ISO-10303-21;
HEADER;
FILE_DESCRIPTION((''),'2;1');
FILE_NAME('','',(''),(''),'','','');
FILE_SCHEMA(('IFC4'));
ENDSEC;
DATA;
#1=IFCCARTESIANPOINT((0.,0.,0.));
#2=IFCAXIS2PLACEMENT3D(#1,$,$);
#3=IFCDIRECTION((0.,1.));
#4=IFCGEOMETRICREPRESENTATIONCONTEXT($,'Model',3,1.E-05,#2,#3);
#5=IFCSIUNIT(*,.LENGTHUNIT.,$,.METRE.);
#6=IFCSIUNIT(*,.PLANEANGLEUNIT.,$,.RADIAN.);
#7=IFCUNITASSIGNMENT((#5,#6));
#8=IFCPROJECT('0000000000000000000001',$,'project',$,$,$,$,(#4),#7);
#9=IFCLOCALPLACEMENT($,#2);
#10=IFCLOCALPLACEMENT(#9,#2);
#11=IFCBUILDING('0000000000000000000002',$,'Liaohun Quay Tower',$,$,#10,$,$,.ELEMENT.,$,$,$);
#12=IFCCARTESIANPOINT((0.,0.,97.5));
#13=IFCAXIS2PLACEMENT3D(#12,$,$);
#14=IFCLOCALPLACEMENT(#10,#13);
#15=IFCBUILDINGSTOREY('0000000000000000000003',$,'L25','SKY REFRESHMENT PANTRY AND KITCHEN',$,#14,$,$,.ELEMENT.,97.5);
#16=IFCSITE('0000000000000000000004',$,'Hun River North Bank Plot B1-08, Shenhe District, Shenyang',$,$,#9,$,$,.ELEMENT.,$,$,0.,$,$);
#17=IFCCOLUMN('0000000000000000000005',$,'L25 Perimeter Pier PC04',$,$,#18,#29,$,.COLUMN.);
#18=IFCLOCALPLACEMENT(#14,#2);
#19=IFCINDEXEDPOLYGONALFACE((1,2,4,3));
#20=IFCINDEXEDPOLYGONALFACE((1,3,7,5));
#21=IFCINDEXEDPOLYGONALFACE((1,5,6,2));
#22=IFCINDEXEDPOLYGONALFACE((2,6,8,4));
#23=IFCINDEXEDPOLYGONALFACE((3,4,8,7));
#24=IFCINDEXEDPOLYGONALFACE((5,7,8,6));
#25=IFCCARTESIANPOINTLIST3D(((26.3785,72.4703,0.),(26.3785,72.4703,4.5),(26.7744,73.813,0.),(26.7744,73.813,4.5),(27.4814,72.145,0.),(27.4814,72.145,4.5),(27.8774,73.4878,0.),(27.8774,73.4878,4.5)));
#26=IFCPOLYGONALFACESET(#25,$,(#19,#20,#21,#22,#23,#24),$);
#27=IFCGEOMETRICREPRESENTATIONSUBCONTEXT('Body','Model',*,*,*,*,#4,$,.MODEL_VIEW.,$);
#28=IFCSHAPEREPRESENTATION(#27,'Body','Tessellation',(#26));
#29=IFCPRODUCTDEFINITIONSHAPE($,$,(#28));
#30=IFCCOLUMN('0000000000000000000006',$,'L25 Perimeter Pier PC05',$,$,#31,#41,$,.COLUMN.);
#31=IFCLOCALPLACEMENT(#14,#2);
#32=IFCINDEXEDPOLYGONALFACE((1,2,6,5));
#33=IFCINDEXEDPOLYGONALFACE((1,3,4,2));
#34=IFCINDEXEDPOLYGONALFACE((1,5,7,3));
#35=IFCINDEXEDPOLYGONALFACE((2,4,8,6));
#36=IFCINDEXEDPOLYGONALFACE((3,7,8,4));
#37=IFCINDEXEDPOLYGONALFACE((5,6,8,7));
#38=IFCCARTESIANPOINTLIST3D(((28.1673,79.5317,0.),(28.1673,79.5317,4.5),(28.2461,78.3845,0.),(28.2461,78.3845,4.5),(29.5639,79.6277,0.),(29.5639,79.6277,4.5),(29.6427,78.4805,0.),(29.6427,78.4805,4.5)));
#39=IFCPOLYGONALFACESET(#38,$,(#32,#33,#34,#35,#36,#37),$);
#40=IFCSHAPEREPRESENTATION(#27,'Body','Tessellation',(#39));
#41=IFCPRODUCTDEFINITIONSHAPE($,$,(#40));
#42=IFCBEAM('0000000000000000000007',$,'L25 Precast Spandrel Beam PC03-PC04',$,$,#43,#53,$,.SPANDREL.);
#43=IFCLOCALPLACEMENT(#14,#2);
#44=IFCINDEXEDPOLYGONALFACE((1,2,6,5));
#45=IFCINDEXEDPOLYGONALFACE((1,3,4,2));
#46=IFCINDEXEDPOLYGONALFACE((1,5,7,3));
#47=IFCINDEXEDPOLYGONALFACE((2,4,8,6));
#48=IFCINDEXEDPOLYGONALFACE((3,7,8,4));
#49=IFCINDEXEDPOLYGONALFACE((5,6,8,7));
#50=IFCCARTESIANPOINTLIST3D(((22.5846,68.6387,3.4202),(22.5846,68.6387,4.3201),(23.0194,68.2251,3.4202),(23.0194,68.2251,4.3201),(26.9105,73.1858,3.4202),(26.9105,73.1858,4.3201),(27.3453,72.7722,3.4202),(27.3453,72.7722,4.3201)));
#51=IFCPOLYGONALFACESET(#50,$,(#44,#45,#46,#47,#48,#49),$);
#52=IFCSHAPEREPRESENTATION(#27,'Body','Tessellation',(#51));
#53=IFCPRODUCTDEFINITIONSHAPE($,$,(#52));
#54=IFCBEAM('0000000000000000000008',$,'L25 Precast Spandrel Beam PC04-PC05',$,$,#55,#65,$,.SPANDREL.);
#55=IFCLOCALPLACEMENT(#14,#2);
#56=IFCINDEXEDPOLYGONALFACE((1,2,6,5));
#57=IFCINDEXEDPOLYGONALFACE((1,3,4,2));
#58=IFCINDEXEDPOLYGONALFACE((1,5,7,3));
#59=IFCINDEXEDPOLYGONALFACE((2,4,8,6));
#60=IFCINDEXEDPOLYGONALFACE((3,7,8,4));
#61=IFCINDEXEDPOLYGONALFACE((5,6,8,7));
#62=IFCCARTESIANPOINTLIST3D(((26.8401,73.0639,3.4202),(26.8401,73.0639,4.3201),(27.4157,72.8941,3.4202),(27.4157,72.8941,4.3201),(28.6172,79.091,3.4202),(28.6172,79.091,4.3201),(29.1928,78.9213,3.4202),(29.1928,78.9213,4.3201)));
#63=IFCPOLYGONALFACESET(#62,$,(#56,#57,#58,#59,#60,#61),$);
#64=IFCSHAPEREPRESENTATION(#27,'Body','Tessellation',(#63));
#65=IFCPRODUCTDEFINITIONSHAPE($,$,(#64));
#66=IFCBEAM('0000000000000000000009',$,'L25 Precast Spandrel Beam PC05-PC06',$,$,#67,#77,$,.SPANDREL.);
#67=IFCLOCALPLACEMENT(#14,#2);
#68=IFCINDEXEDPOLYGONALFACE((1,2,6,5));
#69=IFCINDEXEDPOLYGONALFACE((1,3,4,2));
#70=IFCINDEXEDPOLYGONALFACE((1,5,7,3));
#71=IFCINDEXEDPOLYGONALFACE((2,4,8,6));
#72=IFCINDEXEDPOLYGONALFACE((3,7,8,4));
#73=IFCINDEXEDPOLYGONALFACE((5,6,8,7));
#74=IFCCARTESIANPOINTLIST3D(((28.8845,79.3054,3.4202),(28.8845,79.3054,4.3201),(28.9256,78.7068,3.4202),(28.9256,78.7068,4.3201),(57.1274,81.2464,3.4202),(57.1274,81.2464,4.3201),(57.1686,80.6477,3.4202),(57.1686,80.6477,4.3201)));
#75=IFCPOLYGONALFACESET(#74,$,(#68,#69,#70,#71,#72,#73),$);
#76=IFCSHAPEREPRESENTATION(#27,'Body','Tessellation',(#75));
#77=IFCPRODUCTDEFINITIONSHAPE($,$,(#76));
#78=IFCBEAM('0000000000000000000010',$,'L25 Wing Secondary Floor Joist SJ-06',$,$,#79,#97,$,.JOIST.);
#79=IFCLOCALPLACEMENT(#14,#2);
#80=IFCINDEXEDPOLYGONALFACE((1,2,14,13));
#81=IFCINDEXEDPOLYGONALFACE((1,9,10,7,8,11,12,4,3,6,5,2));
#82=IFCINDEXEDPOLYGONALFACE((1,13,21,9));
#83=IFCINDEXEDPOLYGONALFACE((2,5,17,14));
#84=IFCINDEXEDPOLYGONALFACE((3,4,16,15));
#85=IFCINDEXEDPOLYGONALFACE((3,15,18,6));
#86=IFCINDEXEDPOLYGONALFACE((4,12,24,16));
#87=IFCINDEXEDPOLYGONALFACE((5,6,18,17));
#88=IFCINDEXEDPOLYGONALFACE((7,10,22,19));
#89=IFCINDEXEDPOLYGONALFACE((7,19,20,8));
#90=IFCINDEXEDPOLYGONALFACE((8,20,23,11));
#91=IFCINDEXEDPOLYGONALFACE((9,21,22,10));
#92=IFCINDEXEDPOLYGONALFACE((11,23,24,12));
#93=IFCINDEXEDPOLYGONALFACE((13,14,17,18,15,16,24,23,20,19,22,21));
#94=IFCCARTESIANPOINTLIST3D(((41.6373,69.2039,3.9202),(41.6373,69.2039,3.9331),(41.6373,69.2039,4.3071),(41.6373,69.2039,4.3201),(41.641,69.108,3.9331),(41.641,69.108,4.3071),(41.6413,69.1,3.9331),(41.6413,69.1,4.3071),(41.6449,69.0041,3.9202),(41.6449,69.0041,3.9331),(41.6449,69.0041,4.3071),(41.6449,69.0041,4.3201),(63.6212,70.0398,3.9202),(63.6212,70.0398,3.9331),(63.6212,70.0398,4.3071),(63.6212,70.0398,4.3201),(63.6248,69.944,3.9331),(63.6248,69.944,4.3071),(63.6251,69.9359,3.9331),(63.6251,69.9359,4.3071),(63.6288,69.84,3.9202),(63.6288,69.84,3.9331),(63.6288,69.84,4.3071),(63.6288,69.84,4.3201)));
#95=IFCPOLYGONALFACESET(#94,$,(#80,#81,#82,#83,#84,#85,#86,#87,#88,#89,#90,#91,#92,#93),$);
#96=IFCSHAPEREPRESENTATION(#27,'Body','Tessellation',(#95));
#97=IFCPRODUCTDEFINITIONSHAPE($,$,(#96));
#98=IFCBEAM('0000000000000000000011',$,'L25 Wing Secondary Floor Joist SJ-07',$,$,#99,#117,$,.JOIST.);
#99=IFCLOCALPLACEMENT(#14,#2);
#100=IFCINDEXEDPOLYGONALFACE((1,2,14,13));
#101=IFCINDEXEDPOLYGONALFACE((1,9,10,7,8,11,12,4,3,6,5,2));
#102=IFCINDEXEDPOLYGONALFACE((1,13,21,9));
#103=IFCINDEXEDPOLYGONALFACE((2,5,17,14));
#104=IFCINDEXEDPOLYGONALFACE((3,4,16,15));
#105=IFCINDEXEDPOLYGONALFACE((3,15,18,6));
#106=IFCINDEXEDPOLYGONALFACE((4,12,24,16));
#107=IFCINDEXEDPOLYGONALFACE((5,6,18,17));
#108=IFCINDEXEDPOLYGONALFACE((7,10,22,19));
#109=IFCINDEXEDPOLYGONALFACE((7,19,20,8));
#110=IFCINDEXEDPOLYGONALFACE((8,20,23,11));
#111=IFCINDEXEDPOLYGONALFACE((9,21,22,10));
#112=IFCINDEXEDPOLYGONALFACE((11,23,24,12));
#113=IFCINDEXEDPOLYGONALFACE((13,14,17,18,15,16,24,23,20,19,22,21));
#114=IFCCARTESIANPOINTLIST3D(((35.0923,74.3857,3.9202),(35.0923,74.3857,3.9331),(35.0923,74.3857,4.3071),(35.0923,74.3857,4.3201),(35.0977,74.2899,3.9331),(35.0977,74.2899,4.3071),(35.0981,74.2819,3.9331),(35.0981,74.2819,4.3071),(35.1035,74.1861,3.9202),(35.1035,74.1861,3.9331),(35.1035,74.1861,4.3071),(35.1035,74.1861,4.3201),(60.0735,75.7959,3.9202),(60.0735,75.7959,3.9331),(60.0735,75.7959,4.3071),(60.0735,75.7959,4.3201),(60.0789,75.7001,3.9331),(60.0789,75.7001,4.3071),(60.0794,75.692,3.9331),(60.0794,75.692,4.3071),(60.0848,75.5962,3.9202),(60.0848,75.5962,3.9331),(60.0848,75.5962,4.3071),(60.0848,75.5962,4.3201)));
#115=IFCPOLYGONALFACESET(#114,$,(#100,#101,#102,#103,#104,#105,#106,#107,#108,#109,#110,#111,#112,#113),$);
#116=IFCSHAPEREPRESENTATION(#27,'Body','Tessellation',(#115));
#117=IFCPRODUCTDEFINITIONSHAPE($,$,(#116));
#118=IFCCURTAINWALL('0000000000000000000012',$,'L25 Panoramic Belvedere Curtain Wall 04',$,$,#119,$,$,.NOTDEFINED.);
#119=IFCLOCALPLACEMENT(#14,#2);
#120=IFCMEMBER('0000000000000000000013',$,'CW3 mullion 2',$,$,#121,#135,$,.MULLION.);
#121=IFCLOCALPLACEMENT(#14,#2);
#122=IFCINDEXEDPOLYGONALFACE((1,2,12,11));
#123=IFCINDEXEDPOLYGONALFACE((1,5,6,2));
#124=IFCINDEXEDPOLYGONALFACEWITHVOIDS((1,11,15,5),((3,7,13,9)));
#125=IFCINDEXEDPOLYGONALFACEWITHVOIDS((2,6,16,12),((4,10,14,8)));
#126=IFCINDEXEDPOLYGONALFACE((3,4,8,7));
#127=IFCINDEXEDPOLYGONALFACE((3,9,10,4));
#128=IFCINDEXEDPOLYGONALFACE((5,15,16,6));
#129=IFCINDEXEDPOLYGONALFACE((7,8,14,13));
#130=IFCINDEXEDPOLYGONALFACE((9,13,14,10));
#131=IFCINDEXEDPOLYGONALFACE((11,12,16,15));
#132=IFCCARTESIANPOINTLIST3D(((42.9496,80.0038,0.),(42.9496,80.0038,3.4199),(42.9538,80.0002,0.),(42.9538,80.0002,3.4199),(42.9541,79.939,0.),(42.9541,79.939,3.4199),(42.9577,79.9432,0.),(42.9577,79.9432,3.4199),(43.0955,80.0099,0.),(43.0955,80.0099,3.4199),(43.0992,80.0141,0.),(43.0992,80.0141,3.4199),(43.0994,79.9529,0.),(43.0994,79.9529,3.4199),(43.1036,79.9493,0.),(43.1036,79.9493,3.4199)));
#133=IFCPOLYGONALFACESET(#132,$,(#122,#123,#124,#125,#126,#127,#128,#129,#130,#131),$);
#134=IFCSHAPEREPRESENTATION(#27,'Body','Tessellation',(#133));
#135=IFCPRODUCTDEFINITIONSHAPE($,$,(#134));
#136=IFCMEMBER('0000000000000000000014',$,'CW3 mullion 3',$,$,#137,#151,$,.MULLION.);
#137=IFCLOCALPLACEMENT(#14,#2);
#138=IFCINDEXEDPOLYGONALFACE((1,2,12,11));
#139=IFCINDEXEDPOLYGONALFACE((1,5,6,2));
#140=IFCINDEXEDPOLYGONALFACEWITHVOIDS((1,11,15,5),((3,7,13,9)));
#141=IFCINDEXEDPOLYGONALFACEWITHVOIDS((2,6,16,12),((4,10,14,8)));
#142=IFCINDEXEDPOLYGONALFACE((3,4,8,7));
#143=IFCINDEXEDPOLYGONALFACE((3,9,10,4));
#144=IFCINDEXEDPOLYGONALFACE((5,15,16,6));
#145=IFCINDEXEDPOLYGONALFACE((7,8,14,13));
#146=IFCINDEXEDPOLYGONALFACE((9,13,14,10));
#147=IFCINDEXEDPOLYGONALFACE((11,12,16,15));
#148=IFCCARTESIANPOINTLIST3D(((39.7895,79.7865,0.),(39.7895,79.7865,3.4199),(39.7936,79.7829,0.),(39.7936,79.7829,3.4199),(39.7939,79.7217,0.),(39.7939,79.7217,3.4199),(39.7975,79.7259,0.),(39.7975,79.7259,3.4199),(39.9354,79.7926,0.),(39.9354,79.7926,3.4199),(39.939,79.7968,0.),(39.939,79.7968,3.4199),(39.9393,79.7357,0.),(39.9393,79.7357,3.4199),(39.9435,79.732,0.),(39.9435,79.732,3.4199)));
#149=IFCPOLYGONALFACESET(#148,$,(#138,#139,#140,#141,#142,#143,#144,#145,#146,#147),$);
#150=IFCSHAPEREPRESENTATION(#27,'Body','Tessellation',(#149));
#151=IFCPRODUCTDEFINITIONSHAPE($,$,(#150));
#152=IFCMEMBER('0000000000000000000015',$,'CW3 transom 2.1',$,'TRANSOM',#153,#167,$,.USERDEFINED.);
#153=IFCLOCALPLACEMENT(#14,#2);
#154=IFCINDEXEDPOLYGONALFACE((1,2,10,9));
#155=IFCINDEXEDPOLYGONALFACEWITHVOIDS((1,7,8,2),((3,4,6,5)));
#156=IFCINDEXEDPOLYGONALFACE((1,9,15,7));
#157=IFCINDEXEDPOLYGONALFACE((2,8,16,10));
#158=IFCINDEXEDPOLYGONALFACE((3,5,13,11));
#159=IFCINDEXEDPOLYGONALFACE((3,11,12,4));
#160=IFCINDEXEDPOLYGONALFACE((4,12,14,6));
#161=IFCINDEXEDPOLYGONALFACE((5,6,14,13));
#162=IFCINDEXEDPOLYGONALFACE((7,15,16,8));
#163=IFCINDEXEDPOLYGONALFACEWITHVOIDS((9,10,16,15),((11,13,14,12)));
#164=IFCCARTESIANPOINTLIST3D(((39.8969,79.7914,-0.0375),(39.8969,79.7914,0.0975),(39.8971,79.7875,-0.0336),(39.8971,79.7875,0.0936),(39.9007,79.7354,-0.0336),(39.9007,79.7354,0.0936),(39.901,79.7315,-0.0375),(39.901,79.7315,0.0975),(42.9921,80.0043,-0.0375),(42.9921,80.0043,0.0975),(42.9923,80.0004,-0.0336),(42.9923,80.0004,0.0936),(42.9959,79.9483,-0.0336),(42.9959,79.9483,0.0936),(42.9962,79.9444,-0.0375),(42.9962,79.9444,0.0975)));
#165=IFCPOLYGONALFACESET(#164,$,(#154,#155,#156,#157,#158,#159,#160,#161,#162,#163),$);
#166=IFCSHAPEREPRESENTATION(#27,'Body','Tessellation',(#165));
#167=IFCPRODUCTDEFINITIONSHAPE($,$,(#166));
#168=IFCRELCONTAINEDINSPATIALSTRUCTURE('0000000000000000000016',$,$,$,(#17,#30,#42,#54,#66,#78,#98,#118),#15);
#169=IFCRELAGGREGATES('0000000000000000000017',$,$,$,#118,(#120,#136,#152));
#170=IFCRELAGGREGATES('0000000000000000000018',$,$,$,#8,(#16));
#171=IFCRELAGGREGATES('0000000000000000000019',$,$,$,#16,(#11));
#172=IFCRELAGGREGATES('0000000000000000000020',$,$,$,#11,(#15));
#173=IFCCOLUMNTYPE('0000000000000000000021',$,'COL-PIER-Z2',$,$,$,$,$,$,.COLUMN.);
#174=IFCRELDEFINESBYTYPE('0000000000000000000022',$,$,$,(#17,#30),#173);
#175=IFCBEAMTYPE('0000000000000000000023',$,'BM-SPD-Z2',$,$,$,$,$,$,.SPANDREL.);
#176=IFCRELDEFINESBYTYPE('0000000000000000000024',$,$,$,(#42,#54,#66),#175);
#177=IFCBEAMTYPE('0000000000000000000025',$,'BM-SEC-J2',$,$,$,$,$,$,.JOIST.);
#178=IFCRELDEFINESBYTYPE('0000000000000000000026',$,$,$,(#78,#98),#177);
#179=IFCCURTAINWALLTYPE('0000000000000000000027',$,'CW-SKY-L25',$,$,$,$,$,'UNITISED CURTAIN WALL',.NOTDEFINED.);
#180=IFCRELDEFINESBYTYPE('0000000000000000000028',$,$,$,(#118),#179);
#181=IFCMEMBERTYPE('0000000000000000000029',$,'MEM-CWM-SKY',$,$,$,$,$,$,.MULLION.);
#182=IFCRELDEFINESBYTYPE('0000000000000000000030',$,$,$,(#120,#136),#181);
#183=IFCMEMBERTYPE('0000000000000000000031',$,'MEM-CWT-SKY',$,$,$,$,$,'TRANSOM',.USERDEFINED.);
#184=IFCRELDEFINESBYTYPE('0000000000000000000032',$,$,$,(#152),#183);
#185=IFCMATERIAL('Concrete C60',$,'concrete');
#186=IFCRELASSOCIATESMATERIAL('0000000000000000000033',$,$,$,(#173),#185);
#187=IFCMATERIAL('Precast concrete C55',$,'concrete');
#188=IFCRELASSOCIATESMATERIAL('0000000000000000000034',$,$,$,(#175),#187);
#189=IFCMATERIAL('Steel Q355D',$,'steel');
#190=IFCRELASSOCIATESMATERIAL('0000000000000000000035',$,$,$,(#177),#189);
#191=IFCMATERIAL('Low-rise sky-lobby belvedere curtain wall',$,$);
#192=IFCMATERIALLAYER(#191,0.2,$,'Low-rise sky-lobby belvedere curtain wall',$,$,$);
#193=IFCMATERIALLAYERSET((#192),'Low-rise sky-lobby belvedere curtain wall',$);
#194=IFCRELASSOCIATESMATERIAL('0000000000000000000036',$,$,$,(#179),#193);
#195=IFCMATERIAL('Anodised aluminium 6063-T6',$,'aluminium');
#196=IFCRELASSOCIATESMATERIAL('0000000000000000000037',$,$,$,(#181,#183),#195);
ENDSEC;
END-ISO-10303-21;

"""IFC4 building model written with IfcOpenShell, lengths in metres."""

from ifc_helpers import new_model, si_unit, direction, frame, origin, origin_2d, place, context, subcontext, project, spatial, rectangle, hollow_rectangle, i_section, extrude, source, transform, mapped, material, layer, layer_set, material_profile, profile_set, type_object, element, aggregate, save


model = new_model("IFC4")

# Units and contexts
model_context = context("Model", 3, precision=1e-05, world=origin(), true_north=direction((0.0, 1.0)))
body_context = subcontext(model_context, "Body", "Model", "MODEL_VIEW")
ifc_project = project(units=[si_unit("LENGTHUNIT", "METRE"), si_unit("PLANEANGLEUNIT", "RADIAN")], contexts=[model_context])

# Site, building, storey
site_placement = place(None, origin())
site = spatial("IfcSite", under=ifc_project, at=site_placement, Name="Hun River North Bank Plot B1-08, Shenhe District, Shenyang", CompositionType="ELEMENT", RefElevation=0.0)
building_placement = place(site_placement, origin())
building = spatial("IfcBuilding", under=site, at=building_placement, Name="Liaohun Quay Tower", CompositionType="ELEMENT")
storey_placement = place(building_placement, frame((0.0, 0.0, 97.5)))
storey = spatial("IfcBuildingStorey", under=building, at=storey_placement, Name="L25", Description="SKY REFRESHMENT PANTRY AND KITCHEN", CompositionType="ELEMENT", Elevation=97.5)

# Columns
ifc_material_1 = material(Name="Concrete C60", Category="concrete")
ifc_material_profile_1 = material_profile(ifc_material_1, rectangle(XDim=1.3999, YDim=1.1499, at=origin_2d()), Name="RC1400x1150")
ifc_profile_set_1 = profile_set([ifc_material_profile_1], Name="Concrete C60")
column_type = type_object("IfcColumnType", Name="COL-PIER-Z2", PredefinedType="COLUMN", material=ifc_profile_set_1)
shared_shape_1 = source(origin(), body_context, "Body", "SweptSolid", [
    extrude(rectangle(XDim=1.3999, YDim=1.1499, at=origin_2d()), origin(), (0.0, 0.0, 1.0), 4.5),
])
for number, where, z_axis, x_axis, name in (
    (1, (27.1279, 72.979, 0.0), (0.0, 0.0, 1.0), (0.282844, 0.959166, 0.0), "L25 Perimeter Pier PC04"),
    (2, (28.905, 79.0061, 0.0), (0.0, 0.0, 1.0), (0.997649, 0.068538, 0.0), "L25 Perimeter Pier PC05"),
):
    element("IfcColumn", number, at=place(storey_placement, frame(where, z_axis=z_axis, x_axis=x_axis)), inside=storey, type_object=column_type, Name=name, PredefinedType="COLUMN", context=body_context, shape_type="MappedRepresentation", body=[
        mapped(shared_shape_1, transform((0.0, 0.0, 0.0), x_axis=(1.0, 0.0, 0.0), y_axis=(0.0, 1.0, 0.0), z_axis=(0.0, 0.0, 1.0), scale=1.0)),
    ])

# Beams
ifc_material_2 = material(Name="Precast concrete C55", Category="concrete")
ifc_material_profile_2 = material_profile(ifc_material_2, rectangle(XDim=0.6001, YDim=0.8999, at=origin_2d()), Name="RC600x900")
ifc_profile_set_2 = profile_set([ifc_material_profile_2], Name="Precast concrete C55")
beam_type_1 = type_object("IfcBeamType", Name="BM-SPD-Z2", PredefinedType="SPANDREL", material=ifc_profile_set_2)
shared_shape_2 = source(origin(), body_context, "Body", "SweptSolid", [
    extrude(rectangle(XDim=0.6001, YDim=0.8999, at=origin_2d()), origin(), (0.0, 0.0, 1.0), 6.2761),
])
beam_1_placement = place(storey_placement, frame((22.802, 68.4319, 3.8701), z_axis=(0.689266, 0.724509, 0.0), x_axis=(-0.724509, 0.689266, 0.0)))
element("IfcBeam", 3, at=beam_1_placement, inside=storey, type_object=beam_type_1, Name="L25 Precast Spandrel Beam PC03-PC04", PredefinedType="SPANDREL", context=body_context, shape_type="MappedRepresentation", body=[
    mapped(shared_shape_2, transform((0.0, 0.0, 0.0), x_axis=(1.0, 0.0, 0.0), y_axis=(0.0, 1.0, 0.0), z_axis=(0.0, 0.0, 1.0), scale=1.0)),
])
shared_shape_3 = source(origin(), body_context, "Body", "SweptSolid", [
    extrude(rectangle(XDim=0.6001, YDim=0.8999, at=origin_2d()), origin(), (0.0, 0.0, 1.0), 6.2837),
])
beam_2_placement = place(storey_placement, frame((27.1279, 72.979, 3.8701), z_axis=(0.282814, 0.959175, 0.0), x_axis=(-0.959175, 0.282814, 0.0)))
element("IfcBeam", 4, at=beam_2_placement, inside=storey, type_object=beam_type_1, Name="L25 Precast Spandrel Beam PC04-PC05", PredefinedType="SPANDREL", context=body_context, shape_type="MappedRepresentation", body=[
    mapped(shared_shape_3, transform((0.0, 0.0, 0.0), x_axis=(1.0, 0.0, 0.0), y_axis=(0.0, 1.0, 0.0), z_axis=(0.0, 0.0, 1.0), scale=1.0)),
])
shared_shape_4 = source(origin(), body_context, "Body", "SweptSolid", [
    extrude(rectangle(XDim=0.6001, YDim=0.8999, at=origin_2d()), origin(), (0.0, 0.0, 1.0), 28.3096),
])
beam_3_placement = place(storey_placement, frame((28.905, 79.0061, 3.8701), z_axis=(0.997647, 0.068561, 0.0), x_axis=(-0.068561, 0.997647, 0.0)))
element("IfcBeam", 5, at=beam_3_placement, inside=storey, type_object=beam_type_1, Name="L25 Precast Spandrel Beam PC05-PC06", PredefinedType="SPANDREL", context=body_context, shape_type="MappedRepresentation", body=[
    mapped(shared_shape_4, transform((0.0, 0.0, 0.0), x_axis=(1.0, 0.0, 0.0), y_axis=(0.0, 1.0, 0.0), z_axis=(0.0, 0.0, 1.0), scale=1.0)),
])
ifc_material_3 = material(Name="Steel Q355D", Category="steel")
ifc_material_profile_3 = material_profile(ifc_material_3, i_section(OverallWidth=0.2, OverallDepth=0.3999, WebThickness=0.0081, FlangeThickness=0.0129, at=origin_2d()), Name="HN400x200x8x13")
ifc_profile_set_3 = profile_set([ifc_material_profile_3], Name="Steel Q355D")
beam_type_2 = type_object("IfcBeamType", Name="BM-SEC-J2", PredefinedType="JOIST", material=ifc_profile_set_3)
shared_shape_5 = source(origin(), body_context, "Body", "SweptSolid", [
    extrude(i_section(OverallWidth=0.2, OverallDepth=0.3999, WebThickness=0.0081, FlangeThickness=0.0129, at=origin_2d()), origin(), (0.0, 0.0, 1.0), 21.9998),
])
beam_4_placement = place(storey_placement, frame((41.6411, 69.104, 4.1201), z_axis=(0.999278, 0.037998, 0.0), x_axis=(-0.037998, 0.999278, 0.0)))
element("IfcBeam", 6, at=beam_4_placement, inside=storey, type_object=beam_type_2, Name="L25 Wing Secondary Floor Joist SJ-06", PredefinedType="JOIST", context=body_context, shape_type="MappedRepresentation", body=[
    mapped(shared_shape_5, transform((0.0, 0.0, 0.0), x_axis=(1.0, 0.0, 0.0), y_axis=(0.0, 1.0, 0.0), z_axis=(0.0, 0.0, 1.0), scale=1.0)),
])
shared_shape_6 = source(origin(), body_context, "Body", "SweptSolid", [
    extrude(i_section(OverallWidth=0.2, OverallDepth=0.3999, WebThickness=0.0081, FlangeThickness=0.0129, at=origin_2d()), origin(), (0.0, 0.0, 1.0), 25.021),
])
beam_5_placement = place(storey_placement, frame((35.0979, 74.2859, 4.1201), z_axis=(0.998411, 0.056359, 0.0), x_axis=(-0.056359, 0.998411, 0.0)))
element("IfcBeam", 7, at=beam_5_placement, inside=storey, type_object=beam_type_2, Name="L25 Wing Secondary Floor Joist SJ-07", PredefinedType="JOIST", context=body_context, shape_type="MappedRepresentation", body=[
    mapped(shared_shape_6, transform((0.0, 0.0, 0.0), x_axis=(1.0, 0.0, 0.0), y_axis=(0.0, 1.0, 0.0), z_axis=(0.0, 0.0, 1.0), scale=1.0)),
])

# Curtain wall, members
ifc_material_4 = material(Name="Low-rise sky-lobby belvedere curtain wall")
ifc_layer_1 = layer(ifc_material_4, 0.2, Name="Low-rise sky-lobby belvedere curtain wall")
ifc_layer_set_1 = layer_set([ifc_layer_1], Name="Low-rise sky-lobby belvedere curtain wall")
curtain_wall_type = type_object("IfcCurtainWallType", Name="CW-SKY-L25", ElementType="UNITISED CURTAIN WALL", PredefinedType="NOTDEFINED", material=ifc_layer_set_1)
curtain_wall_placement = place(storey_placement, origin())
curtain_wall = element("IfcCurtainWall", 8, at=curtain_wall_placement, inside=storey, type_object=curtain_wall_type, Name="L25 Panoramic Belvedere Curtain Wall 04", PredefinedType="NOTDEFINED")
ifc_material_5 = material(Name="Anodised aluminium 6063-T6", Category="aluminium")
ifc_material_profile_4 = material_profile(ifc_material_5, hollow_rectangle(XDim=0.0649, YDim=0.1499, WallThickness=0.0039, at=origin_2d()), Name="RHS150x65x4")
ifc_profile_set_4 = profile_set([ifc_material_profile_4], Name="Anodised aluminium 6063-T6")
member_type_1 = type_object("IfcMemberType", Name="MEM-CWM-SKY", PredefinedType="MULLION", material=ifc_profile_set_4)
shared_shape_7 = source(origin(), body_context, "Body", "SweptSolid", [
    extrude(hollow_rectangle(XDim=0.0649, YDim=0.1499, WallThickness=0.0039, at=origin_2d()), origin(), (0.0, 0.0, 1.0), 3.4199),
])
member_1_placement = place(storey_placement, frame((43.0266, 79.9766, 0.0), z_axis=(0.0, 0.0, 1.0), x_axis=(0.068593, -0.997645, 0.0)))
member_1 = element("IfcMember", 9, at=member_1_placement, type_object=member_type_1, Name="CW3 mullion 2", PredefinedType="MULLION", context=body_context, shape_type="MappedRepresentation", body=[
    mapped(shared_shape_7, transform((0.0, 0.0, 0.0), x_axis=(1.0, 0.0, 0.0), y_axis=(0.0, 1.0, 0.0), z_axis=(0.0, 0.0, 1.0), scale=1.0)),
])
member_2_placement = place(storey_placement, frame((39.8665, 79.7593, 0.0), z_axis=(0.0, 0.0, 1.0), x_axis=(0.068593, -0.997645, 0.0)))
member_2 = element("IfcMember", 10, at=member_2_placement, type_object=member_type_1, Name="CW3 mullion 3", PredefinedType="MULLION", context=body_context, shape_type="MappedRepresentation", body=[
    mapped(shared_shape_7, transform((0.0, 0.0, 0.0), x_axis=(1.0, 0.0, 0.0), y_axis=(0.0, 1.0, 0.0), z_axis=(0.0, 0.0, 1.0), scale=1.0)),
])
ifc_material_profile_5 = material_profile(ifc_material_5, hollow_rectangle(XDim=0.0601, YDim=0.135, WallThickness=0.0039, at=origin_2d()), Name="RHS135x60x4")
ifc_profile_set_5 = profile_set([ifc_material_profile_5], Name="Anodised aluminium 6063-T6")
member_type_2 = type_object("IfcMemberType", Name="MEM-CWT-SKY", ElementType="TRANSOM", PredefinedType="USERDEFINED", material=ifc_profile_set_5)
shared_shape_8 = source(origin(), body_context, "Body", "SweptSolid", [
    extrude(hollow_rectangle(XDim=0.0601, YDim=0.135, WallThickness=0.0039, at=origin_2d()), origin(), (0.0, 0.0, 1.0), 3.1025),
])
member_3_placement = place(storey_placement, frame((42.9941, 79.9744, 0.03), z_axis=(-0.997643, -0.068618, 0.0), x_axis=(0.068618, -0.997643, 0.0)))
member_3 = element("IfcMember", 11, at=member_3_placement, type_object=member_type_2, Name="CW3 transom 2.1", ObjectType="TRANSOM", PredefinedType="USERDEFINED", context=body_context, shape_type="MappedRepresentation", body=[
    mapped(shared_shape_8, transform((0.0, 0.0, 0.0), x_axis=(1.0, 0.0, 0.0), y_axis=(0.0, 1.0, 0.0), z_axis=(0.0, 0.0, 1.0), scale=1.0)),
])
aggregate(curtain_wall, [member_1, member_2, member_3])

save(model, "model.ifc")
